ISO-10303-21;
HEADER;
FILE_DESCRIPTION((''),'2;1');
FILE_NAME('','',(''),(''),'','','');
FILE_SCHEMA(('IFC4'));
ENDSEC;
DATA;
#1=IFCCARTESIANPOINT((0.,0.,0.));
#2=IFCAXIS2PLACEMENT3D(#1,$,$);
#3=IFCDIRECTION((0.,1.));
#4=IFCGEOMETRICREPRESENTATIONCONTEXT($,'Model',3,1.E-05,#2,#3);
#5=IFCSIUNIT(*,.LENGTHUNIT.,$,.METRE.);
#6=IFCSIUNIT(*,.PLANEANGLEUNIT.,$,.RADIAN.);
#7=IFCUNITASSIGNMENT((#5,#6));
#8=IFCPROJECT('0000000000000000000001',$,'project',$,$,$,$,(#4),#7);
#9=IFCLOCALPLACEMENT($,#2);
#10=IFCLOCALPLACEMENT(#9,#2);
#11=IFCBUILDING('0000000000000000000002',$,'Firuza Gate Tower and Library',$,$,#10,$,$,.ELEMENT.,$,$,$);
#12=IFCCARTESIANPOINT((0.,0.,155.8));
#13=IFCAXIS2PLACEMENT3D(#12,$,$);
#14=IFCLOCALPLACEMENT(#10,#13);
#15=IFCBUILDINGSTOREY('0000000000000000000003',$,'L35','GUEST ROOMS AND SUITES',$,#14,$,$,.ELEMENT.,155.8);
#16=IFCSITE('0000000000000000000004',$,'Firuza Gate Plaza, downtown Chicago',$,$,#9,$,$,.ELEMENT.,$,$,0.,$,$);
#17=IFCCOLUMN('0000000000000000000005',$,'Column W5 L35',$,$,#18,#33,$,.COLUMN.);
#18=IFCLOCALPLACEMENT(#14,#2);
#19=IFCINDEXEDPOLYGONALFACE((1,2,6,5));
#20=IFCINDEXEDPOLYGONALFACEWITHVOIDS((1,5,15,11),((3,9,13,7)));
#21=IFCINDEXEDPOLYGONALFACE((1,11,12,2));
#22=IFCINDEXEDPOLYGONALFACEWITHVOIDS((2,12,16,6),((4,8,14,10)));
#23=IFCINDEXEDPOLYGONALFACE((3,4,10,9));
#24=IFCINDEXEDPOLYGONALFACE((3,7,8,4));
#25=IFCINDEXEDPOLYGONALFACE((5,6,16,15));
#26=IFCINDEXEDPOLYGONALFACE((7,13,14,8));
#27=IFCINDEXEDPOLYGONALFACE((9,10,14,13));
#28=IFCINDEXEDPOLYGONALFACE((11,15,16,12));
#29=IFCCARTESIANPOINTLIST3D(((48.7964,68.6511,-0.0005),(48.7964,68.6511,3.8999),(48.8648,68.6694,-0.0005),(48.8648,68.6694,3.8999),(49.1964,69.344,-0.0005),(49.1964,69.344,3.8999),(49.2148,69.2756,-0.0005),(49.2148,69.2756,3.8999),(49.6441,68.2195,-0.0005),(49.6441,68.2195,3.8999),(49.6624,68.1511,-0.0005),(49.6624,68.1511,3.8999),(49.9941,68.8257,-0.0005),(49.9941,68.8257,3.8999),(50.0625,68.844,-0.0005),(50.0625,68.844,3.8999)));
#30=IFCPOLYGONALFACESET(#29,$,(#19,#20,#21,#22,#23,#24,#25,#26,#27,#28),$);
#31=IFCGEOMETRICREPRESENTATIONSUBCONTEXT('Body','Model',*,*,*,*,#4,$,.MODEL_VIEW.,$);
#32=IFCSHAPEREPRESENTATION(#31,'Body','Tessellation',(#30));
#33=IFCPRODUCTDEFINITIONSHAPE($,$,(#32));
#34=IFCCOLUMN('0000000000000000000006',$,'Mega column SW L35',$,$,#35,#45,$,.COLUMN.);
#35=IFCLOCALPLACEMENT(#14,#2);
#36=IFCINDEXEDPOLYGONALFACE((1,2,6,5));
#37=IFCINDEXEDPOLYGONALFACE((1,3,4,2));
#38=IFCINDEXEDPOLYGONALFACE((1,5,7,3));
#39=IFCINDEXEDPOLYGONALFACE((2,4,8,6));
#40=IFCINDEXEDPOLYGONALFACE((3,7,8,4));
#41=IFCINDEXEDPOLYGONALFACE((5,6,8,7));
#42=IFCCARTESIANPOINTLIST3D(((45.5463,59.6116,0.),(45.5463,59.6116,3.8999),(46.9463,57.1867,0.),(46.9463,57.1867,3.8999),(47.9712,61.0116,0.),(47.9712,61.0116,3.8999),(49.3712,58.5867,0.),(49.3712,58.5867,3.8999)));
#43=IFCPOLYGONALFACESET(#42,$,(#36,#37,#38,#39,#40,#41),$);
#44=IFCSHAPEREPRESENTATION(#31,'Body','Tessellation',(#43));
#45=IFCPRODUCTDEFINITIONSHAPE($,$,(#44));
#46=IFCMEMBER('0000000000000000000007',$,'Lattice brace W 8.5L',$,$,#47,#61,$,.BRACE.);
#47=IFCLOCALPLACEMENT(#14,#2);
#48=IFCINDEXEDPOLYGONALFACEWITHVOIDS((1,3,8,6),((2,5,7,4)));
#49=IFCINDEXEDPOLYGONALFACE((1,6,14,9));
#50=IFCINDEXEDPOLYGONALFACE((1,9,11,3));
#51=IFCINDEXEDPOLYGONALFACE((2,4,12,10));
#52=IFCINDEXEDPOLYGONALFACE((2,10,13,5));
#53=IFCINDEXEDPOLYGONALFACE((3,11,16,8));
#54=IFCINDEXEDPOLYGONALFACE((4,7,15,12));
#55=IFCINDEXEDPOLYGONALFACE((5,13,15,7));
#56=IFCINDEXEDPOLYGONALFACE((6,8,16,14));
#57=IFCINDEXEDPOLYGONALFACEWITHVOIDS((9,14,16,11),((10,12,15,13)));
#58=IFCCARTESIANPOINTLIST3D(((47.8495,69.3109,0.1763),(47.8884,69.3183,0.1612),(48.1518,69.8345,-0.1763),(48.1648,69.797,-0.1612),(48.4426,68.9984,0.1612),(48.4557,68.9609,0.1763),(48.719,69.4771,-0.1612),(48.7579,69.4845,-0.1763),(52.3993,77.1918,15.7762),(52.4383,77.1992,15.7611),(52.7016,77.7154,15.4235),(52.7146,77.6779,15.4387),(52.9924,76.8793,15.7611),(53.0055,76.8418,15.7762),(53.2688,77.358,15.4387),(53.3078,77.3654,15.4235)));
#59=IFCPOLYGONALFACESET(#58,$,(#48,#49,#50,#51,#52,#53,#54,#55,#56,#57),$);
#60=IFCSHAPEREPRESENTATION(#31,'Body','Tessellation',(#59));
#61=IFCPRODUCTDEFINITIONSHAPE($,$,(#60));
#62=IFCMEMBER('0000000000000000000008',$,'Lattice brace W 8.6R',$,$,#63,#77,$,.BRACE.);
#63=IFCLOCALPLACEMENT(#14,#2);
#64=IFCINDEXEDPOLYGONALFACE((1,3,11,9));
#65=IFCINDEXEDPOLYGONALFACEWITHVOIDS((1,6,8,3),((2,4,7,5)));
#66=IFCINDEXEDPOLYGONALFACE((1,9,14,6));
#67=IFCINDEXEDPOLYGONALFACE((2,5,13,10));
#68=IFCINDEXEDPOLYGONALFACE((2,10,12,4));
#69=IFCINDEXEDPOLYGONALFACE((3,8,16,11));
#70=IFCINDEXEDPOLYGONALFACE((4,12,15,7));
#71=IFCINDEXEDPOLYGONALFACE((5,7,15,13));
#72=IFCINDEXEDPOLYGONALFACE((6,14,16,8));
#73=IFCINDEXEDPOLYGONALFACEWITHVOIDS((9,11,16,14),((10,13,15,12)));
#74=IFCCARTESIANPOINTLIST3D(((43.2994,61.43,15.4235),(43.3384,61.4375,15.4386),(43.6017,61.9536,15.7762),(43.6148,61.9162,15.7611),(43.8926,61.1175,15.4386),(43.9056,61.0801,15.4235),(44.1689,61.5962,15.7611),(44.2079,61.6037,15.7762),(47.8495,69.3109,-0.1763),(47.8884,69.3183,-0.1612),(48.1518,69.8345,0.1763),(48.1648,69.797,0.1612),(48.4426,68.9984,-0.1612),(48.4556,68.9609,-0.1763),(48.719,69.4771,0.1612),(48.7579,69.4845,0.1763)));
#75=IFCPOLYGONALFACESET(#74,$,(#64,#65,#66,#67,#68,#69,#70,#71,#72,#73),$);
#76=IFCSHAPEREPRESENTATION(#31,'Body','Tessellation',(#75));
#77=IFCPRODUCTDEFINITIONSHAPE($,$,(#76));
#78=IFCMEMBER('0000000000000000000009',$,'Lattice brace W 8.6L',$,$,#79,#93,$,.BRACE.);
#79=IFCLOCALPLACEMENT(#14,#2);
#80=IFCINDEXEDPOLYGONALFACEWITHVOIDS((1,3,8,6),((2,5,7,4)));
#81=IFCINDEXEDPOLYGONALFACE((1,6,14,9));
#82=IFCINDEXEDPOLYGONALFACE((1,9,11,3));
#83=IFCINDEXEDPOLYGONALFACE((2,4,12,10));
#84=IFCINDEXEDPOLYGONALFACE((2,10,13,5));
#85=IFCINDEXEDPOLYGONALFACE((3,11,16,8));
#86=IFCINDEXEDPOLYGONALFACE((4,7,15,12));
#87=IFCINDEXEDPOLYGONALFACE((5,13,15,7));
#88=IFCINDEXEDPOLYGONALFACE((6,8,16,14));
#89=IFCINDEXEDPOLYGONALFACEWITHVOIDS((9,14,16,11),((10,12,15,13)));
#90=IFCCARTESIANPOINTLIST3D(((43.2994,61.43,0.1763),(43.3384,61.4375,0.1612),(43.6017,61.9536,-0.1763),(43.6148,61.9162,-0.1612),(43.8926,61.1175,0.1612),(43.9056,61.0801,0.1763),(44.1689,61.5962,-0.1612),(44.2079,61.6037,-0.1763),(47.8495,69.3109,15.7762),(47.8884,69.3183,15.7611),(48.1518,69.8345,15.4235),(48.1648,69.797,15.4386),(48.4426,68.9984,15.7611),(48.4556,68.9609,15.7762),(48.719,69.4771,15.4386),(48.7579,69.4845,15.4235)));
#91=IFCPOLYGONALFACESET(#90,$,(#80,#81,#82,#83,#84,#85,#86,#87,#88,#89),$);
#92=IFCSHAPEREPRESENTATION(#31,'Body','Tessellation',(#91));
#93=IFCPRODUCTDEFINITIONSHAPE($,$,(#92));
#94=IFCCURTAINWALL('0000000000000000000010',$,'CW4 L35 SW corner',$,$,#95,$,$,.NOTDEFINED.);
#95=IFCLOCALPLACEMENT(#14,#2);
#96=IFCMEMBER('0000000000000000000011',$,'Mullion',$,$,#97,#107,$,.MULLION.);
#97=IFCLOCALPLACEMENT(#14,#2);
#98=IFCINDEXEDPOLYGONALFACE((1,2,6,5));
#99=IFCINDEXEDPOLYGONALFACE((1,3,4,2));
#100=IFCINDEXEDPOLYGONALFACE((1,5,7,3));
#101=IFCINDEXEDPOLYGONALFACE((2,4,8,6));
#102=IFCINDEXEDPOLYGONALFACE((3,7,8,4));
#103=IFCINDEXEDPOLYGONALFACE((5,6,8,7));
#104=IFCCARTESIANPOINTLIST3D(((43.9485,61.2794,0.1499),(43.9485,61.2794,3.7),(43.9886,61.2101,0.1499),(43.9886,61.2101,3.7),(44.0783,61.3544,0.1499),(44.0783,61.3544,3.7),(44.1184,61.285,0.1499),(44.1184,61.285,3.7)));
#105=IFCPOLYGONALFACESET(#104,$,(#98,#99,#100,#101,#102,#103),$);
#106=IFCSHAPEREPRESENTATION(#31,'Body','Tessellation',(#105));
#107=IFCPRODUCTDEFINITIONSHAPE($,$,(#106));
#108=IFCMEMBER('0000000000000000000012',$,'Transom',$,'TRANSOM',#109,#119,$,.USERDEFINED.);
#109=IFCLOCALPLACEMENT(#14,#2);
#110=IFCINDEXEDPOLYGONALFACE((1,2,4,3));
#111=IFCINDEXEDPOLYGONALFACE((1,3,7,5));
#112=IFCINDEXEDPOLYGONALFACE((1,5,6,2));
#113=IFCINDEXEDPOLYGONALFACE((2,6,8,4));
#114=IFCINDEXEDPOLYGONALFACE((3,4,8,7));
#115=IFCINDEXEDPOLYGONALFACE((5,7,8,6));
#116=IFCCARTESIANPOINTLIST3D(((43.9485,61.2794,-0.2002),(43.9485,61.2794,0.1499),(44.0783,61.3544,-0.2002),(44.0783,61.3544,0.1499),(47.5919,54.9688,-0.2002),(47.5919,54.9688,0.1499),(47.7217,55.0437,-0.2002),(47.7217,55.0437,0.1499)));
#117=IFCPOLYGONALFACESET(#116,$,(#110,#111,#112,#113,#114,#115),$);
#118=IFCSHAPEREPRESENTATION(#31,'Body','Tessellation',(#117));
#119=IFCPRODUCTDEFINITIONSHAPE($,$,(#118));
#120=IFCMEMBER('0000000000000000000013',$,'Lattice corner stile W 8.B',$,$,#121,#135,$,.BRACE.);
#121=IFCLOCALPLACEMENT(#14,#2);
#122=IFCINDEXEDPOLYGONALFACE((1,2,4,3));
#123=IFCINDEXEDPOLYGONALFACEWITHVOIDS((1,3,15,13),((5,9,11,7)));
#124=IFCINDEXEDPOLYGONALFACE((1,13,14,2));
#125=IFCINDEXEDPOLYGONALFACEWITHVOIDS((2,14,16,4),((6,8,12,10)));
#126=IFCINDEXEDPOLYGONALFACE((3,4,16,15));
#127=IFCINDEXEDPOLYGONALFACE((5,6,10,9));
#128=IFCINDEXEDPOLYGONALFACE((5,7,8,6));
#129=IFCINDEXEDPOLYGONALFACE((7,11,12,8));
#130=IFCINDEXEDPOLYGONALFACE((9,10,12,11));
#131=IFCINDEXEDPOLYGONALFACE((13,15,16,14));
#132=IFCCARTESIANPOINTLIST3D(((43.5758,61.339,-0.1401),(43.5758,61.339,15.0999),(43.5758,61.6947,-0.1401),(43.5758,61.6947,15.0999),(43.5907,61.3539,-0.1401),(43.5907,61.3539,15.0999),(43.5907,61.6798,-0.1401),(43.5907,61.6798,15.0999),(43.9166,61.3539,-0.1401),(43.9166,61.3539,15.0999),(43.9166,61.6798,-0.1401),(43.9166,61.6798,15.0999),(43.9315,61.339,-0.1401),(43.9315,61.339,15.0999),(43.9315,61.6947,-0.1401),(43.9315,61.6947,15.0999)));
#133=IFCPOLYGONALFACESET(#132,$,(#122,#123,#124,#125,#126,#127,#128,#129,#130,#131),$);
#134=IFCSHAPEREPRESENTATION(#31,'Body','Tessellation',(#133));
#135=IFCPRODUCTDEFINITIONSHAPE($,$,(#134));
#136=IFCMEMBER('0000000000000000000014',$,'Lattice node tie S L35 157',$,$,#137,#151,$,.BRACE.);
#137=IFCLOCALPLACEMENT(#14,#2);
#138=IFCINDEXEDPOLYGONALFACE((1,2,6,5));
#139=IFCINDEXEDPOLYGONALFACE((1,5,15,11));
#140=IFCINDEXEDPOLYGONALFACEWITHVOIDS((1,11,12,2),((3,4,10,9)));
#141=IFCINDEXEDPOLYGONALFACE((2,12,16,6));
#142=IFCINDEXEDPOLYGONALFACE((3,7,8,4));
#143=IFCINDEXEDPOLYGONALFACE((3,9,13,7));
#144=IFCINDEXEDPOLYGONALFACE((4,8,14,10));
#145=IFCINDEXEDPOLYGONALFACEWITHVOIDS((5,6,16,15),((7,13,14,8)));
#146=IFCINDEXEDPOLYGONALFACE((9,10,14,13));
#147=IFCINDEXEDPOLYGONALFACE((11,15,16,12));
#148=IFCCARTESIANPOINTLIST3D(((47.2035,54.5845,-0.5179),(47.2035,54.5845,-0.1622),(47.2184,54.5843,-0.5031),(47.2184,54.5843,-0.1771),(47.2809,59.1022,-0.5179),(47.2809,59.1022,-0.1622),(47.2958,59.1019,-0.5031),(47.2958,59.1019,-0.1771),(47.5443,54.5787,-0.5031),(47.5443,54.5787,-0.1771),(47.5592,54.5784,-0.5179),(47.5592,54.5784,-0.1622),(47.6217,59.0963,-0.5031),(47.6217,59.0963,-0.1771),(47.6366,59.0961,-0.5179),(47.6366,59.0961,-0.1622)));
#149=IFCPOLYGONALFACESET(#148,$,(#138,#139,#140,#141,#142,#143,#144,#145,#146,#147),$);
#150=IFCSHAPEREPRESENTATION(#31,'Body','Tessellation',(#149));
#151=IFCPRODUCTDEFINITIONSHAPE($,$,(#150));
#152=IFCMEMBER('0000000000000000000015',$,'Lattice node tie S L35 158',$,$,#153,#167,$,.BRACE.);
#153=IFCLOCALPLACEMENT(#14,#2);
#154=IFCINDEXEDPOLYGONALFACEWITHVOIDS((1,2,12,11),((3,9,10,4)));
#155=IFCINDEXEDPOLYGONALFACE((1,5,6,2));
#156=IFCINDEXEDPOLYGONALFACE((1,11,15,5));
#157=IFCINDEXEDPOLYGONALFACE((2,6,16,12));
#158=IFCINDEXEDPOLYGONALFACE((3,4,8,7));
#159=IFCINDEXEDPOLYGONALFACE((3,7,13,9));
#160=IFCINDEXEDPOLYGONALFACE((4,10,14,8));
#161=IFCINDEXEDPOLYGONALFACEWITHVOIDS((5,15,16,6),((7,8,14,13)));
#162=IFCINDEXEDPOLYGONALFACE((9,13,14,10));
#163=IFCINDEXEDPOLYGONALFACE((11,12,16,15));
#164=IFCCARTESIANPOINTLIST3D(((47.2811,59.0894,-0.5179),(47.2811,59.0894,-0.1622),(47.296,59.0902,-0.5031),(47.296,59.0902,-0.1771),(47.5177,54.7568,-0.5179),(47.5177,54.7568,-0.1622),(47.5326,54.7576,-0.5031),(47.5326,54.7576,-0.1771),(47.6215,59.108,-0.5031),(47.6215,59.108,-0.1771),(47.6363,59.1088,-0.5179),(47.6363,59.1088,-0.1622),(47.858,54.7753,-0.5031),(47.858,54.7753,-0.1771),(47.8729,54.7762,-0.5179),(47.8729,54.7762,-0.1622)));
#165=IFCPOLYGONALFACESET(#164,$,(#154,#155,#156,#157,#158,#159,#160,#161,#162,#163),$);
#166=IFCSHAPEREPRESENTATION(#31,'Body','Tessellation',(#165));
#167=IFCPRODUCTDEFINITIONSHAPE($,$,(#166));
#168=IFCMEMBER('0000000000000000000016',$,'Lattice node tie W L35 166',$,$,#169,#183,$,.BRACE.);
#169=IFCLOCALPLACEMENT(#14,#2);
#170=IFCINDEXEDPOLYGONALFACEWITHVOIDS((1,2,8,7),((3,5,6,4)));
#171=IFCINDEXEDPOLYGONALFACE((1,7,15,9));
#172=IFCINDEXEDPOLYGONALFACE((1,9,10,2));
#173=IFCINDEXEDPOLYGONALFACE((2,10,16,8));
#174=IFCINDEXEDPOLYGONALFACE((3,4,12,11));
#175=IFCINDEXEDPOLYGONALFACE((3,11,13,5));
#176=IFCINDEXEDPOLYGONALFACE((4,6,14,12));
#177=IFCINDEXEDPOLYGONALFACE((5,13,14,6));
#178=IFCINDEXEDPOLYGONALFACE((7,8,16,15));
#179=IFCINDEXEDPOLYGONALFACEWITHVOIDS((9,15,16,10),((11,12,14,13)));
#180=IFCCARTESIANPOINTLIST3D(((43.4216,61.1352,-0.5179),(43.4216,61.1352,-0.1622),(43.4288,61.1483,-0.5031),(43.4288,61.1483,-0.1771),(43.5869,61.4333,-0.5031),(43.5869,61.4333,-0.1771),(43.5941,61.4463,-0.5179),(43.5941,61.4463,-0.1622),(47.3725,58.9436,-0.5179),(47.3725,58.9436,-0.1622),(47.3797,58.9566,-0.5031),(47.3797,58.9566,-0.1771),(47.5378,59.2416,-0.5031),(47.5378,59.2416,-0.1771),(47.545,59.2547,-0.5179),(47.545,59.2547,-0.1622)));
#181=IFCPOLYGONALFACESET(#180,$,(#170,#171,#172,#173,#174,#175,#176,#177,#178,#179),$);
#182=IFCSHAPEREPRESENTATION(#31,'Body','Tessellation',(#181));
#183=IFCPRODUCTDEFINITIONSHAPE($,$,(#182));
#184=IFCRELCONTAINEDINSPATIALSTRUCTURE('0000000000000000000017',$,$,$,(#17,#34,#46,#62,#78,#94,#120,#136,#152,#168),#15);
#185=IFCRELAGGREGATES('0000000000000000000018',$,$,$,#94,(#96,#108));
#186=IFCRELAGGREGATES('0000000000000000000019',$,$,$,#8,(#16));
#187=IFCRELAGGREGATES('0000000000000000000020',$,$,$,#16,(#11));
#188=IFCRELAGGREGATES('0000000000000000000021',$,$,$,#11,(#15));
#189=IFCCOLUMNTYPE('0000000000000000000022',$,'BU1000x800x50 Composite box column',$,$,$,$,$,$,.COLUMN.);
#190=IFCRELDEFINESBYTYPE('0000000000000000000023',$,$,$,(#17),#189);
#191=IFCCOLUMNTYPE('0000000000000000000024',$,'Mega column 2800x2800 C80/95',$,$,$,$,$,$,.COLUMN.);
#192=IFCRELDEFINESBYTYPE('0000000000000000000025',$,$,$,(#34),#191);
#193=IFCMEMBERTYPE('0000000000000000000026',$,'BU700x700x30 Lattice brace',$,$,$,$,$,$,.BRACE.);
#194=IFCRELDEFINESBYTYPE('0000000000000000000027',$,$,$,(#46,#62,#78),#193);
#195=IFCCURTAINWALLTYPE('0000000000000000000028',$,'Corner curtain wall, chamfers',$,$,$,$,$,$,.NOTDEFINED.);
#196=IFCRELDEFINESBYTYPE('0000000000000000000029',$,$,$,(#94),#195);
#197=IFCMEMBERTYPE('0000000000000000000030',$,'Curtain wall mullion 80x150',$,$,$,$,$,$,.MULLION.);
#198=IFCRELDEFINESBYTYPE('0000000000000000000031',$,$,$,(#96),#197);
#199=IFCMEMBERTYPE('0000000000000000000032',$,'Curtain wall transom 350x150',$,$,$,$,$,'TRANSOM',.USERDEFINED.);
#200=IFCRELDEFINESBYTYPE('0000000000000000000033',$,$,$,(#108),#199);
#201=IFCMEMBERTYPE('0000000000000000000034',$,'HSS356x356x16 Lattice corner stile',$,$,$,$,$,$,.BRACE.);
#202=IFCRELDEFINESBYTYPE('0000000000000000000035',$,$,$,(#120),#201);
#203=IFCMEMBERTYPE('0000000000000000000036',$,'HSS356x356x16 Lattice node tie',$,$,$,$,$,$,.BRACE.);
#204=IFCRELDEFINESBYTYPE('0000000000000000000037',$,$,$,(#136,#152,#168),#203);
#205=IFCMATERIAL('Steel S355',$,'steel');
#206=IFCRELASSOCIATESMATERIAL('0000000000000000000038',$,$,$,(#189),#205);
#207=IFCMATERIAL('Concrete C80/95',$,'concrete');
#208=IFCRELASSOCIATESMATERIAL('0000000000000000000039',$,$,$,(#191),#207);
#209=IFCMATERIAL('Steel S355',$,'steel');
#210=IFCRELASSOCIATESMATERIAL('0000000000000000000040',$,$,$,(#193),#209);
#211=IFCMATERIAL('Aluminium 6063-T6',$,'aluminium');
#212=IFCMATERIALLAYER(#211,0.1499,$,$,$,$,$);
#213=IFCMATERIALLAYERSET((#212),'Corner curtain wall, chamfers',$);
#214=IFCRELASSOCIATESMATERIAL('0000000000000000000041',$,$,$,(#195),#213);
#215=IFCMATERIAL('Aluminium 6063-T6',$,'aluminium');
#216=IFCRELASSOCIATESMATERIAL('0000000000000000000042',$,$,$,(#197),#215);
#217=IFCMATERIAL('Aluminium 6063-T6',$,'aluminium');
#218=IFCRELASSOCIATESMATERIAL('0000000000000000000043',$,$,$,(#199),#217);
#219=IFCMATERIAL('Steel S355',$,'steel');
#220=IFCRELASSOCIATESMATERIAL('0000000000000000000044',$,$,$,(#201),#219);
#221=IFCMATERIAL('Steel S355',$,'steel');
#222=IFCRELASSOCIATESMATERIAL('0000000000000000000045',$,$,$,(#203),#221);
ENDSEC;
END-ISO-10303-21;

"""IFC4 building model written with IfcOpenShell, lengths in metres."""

from ifc_helpers import new_model, si_unit, direction, frame, origin, origin_2d, place, context, subcontext, project, spatial, rectangle, hollow_rectangle, extrude, material, layer, layer_set, material_profile, profile_set, type_object, element, aggregate, save


model = new_model("IFC4")

# Units and contexts
model_context = context("Model", 3, precision=1e-05, world=origin(), true_north=direction((0.0, 1.0)))
body_context = subcontext(model_context, "Body", "Model", "MODEL_VIEW")
ifc_project = project(units=[si_unit("LENGTHUNIT", "METRE"), si_unit("PLANEANGLEUNIT", "RADIAN")], contexts=[model_context])

# Site, building, storey
site_placement = place(None, origin())
site = spatial("IfcSite", under=ifc_project, at=site_placement, Name="Firuza Gate Plaza, downtown Chicago", CompositionType="ELEMENT", RefElevation=0.0)
building_placement = place(site_placement, origin())
building = spatial("IfcBuilding", under=site, at=building_placement, Name="Firuza Gate Tower and Library", CompositionType="ELEMENT")
storey_placement = place(building_placement, frame((0.0, 0.0, 155.8)))
storey = spatial("IfcBuildingStorey", under=building, at=storey_placement, Name="L35", Description="GUEST ROOMS AND SUITES", CompositionType="ELEMENT", Elevation=155.8)

# Columns
ifc_material_1 = material(Name="Steel S355", Category="steel")
ifc_material_profile_1 = material_profile(ifc_material_1, hollow_rectangle(XDim=0.8, YDim=1.0, WallThickness=0.05, at=origin_2d()))
ifc_profile_set_1 = profile_set([ifc_material_profile_1], Name="Steel S355")
column_type_1 = type_object("IfcColumnType", Name="BU1000x800x50 Composite box column", PredefinedType="COLUMN", material=ifc_profile_set_1)
column_1_placement = place(storey_placement, frame((49.4294, 68.7476, -0.0005), z_axis=(0.0, 0.0, 1.0), x_axis=(-0.5, -0.866025, 0.0)))
element("IfcColumn", 1, at=column_1_placement, inside=storey, type_object=column_type_1, Name="Column W5 L35", PredefinedType="COLUMN", context=body_context, shape_type="SweptSolid", body=[
    extrude(hollow_rectangle(XDim=0.8, YDim=1.0, WallThickness=0.05, at=origin_2d()), origin(), (0.0, 0.0, 1.0), 3.9004),
])
ifc_material_2 = material(Name="Concrete C80/95", Category="concrete")
ifc_material_profile_2 = material_profile(ifc_material_2, rectangle(XDim=2.8, YDim=2.8, at=origin_2d()))
ifc_profile_set_2 = profile_set([ifc_material_profile_2], Name="Concrete C80/95")
column_type_2 = type_object("IfcColumnType", Name="Mega column 2800x2800 C80/95", PredefinedType="COLUMN", material=ifc_profile_set_2)
column_2_placement = place(storey_placement, frame((47.4587, 59.0991, 0.0), z_axis=(0.0, 0.0, 1.0), x_axis=(0.5, -0.866025, 0.0)))
element("IfcColumn", 2, at=column_2_placement, inside=storey, type_object=column_type_2, Name="Mega column SW L35", PredefinedType="COLUMN", context=body_context, shape_type="SweptSolid", body=[
    extrude(rectangle(XDim=2.8, YDim=2.8, at=origin_2d()), origin(), (0.0, 0.0, 1.0), 3.8999),
])

# Members
ifc_material_3 = material(Name="Steel S355", Category="steel")
ifc_material_profile_3 = material_profile(ifc_material_3, hollow_rectangle(XDim=0.7, YDim=0.7, WallThickness=0.03, at=origin_2d()))
ifc_profile_set_3 = profile_set([ifc_material_profile_3], Name="Steel S355")
member_type_1 = type_object("IfcMemberType", Name="BU700x700x30 Lattice brace", PredefinedType="BRACE", material=ifc_profile_set_3)
for number, where, z_axis, x_axis, name in (
    (3, (48.3037, 69.3977, 0.0), (0.251927, 0.436371, 0.863779), (-0.866035, 0.499983, 0.0), "Lattice brace W 8.5L"),
    (4, (48.3037, 69.3977, 0.0), (-0.25194, -0.436369, 0.863776), (0.866024, -0.500003, 0.0), "Lattice brace W 8.6R"),
    (5, (43.7537, 61.5168, 0.0), (0.25194, 0.436369, 0.863776), (-0.866024, 0.500003, 0.0), "Lattice brace W 8.6L"),
):
    element("IfcMember", number, at=place(storey_placement, frame(where, z_axis=z_axis, x_axis=x_axis)), inside=storey, type_object=member_type_1, Name=name, PredefinedType="BRACE", context=body_context, shape_type="SweptSolid", body=[
        extrude(hollow_rectangle(XDim=0.7, YDim=0.7, WallThickness=0.03, at=origin_2d()), origin(), (0.0, 0.0, 1.0), 18.0601),
    ])

# Curtain wall, members
ifc_material_4 = material(Name="Aluminium 6063-T6", Category="aluminium")
ifc_layer_1 = layer(ifc_material_4, 0.1499)
ifc_layer_set_1 = layer_set([ifc_layer_1], Name="Corner curtain wall, chamfers")
curtain_wall_type = type_object("IfcCurtainWallType", Name="Corner curtain wall, chamfers", PredefinedType="NOTDEFINED", material=ifc_layer_set_1)
curtain_wall_placement = place(storey_placement, origin())
curtain_wall = element("IfcCurtainWall", 6, at=curtain_wall_placement, inside=storey, type_object=curtain_wall_type, Name="CW4 L35 SW corner", PredefinedType="NOTDEFINED")
ifc_material_5 = material(Name="Aluminium 6063-T6", Category="aluminium")
ifc_material_profile_4 = material_profile(ifc_material_5, rectangle(XDim=0.1499, YDim=0.0801, at=origin_2d()))
ifc_profile_set_4 = profile_set([ifc_material_profile_4], Name="Aluminium 6063-T6")
member_type_2 = type_object("IfcMemberType", Name="Curtain wall mullion 80x150", PredefinedType="MULLION", material=ifc_profile_set_4)
member_1_placement = place(storey_placement, frame((44.0334, 61.2822, 0.1499), z_axis=(0.0, 0.0, 1.0), x_axis=(0.866025, 0.5, 0.0)))
member_1 = element("IfcMember", 7, at=member_1_placement, type_object=member_type_2, Name="Mullion", PredefinedType="MULLION", context=body_context, shape_type="SweptSolid", body=[
    extrude(rectangle(XDim=0.1499, YDim=0.0801, at=origin_2d()), origin(), (0.0, 0.0, 1.0), 3.55),
])
ifc_material_6 = material(Name="Aluminium 6063-T6", Category="aluminium")
ifc_material_profile_5 = material_profile(ifc_material_6, rectangle(XDim=0.1499, YDim=0.3501, at=origin_2d()))
ifc_profile_set_5 = profile_set([ifc_material_profile_5], Name="Aluminium 6063-T6")
member_type_3 = type_object("IfcMemberType", Name="Curtain wall transom 350x150", ElementType="TRANSOM", PredefinedType="USERDEFINED", material=ifc_profile_set_5)
member_2_placement = place(storey_placement, frame((44.0134, 61.3169, -0.0251), z_axis=(0.499991, -0.86603, 0.0), x_axis=(0.86603, 0.499991, 0.0)))
member_2 = element("IfcMember", 8, at=member_2_placement, type_object=member_type_3, Name="Transom", ObjectType="TRANSOM", PredefinedType="USERDEFINED", context=body_context, shape_type="SweptSolid", body=[
    extrude(rectangle(XDim=0.1499, YDim=0.3501, at=origin_2d()), origin(), (0.0, 0.0, 1.0), 7.2869),
])

# Members
ifc_material_7 = material(Name="Steel S355", Category="steel")
ifc_material_profile_6 = material_profile(ifc_material_7, hollow_rectangle(XDim=0.3557, YDim=0.3557, WallThickness=0.0149, at=origin_2d()))
ifc_profile_set_6 = profile_set([ifc_material_profile_6], Name="Steel S355")
member_type_4 = type_object("IfcMemberType", Name="HSS356x356x16 Lattice corner stile", PredefinedType="BRACE", material=ifc_profile_set_6)
member_3_placement = place(storey_placement, frame((43.7537, 61.5168, -0.1401), z_axis=(0.0, 0.0, 1.0), x_axis=(1.0, 0.0, 0.0)))
element("IfcMember", 9, at=member_3_placement, inside=storey, type_object=member_type_4, Name="Lattice corner stile W 8.B", PredefinedType="BRACE", context=body_context, shape_type="SweptSolid", body=[
    extrude(hollow_rectangle(XDim=0.3557, YDim=0.3557, WallThickness=0.0149, at=origin_2d()), origin(), (0.0, 0.0, 1.0), 15.24),
])
ifc_material_8 = material(Name="Steel S355", Category="steel")
ifc_material_profile_7 = material_profile(ifc_material_8, hollow_rectangle(XDim=0.3557, YDim=0.3557, WallThickness=0.0149, at=origin_2d()))
ifc_profile_set_7 = profile_set([ifc_material_profile_7], Name="Steel S355")
member_type_5 = type_object("IfcMemberType", Name="HSS356x356x16 Lattice node tie", PredefinedType="BRACE", material=ifc_profile_set_7)
member_4_placement = place(storey_placement, frame((47.4587, 59.0991, -0.3401), z_axis=(-0.017129, -0.999853, 0.0), x_axis=(0.999853, -0.017129, 0.0)))
element("IfcMember", 10, at=member_4_placement, inside=storey, type_object=member_type_5, Name="Lattice node tie S L35 157", PredefinedType="BRACE", context=body_context, shape_type="SweptSolid", body=[
    extrude(hollow_rectangle(XDim=0.3557, YDim=0.3557, WallThickness=0.0149, at=origin_2d()), origin(), (0.0, 0.0, 1.0), 4.5183),
])
member_5_placement = place(storey_placement, frame((47.4587, 59.0991, -0.3401), z_axis=(0.05452, -0.998513, 0.0), x_axis=(0.998513, 0.05452, 0.0)))
element("IfcMember", 11, at=member_5_placement, inside=storey, type_object=member_type_5, Name="Lattice node tie S L35 158", PredefinedType="BRACE", context=body_context, shape_type="SweptSolid", body=[
    extrude(hollow_rectangle(XDim=0.3557, YDim=0.3557, WallThickness=0.0149, at=origin_2d()), origin(), (0.0, 0.0, 1.0), 4.3391),
])
member_6_placement = place(storey_placement, frame((47.4587, 59.0991, -0.3401), z_axis=(-0.874468, 0.485083, 0.0), x_axis=(-0.485083, -0.874468, 0.0)))
element("IfcMember", 12, at=member_6_placement, inside=storey, type_object=member_type_5, Name="Lattice node tie W L35 166", PredefinedType="BRACE", context=body_context, shape_type="SweptSolid", body=[
    extrude(hollow_rectangle(XDim=0.3557, YDim=0.3557, WallThickness=0.0149, at=origin_2d()), origin(), (0.0, 0.0, 1.0), 4.5181),
])

aggregate(curtain_wall, [member_1, member_2])

save(model, "model.ifc")
